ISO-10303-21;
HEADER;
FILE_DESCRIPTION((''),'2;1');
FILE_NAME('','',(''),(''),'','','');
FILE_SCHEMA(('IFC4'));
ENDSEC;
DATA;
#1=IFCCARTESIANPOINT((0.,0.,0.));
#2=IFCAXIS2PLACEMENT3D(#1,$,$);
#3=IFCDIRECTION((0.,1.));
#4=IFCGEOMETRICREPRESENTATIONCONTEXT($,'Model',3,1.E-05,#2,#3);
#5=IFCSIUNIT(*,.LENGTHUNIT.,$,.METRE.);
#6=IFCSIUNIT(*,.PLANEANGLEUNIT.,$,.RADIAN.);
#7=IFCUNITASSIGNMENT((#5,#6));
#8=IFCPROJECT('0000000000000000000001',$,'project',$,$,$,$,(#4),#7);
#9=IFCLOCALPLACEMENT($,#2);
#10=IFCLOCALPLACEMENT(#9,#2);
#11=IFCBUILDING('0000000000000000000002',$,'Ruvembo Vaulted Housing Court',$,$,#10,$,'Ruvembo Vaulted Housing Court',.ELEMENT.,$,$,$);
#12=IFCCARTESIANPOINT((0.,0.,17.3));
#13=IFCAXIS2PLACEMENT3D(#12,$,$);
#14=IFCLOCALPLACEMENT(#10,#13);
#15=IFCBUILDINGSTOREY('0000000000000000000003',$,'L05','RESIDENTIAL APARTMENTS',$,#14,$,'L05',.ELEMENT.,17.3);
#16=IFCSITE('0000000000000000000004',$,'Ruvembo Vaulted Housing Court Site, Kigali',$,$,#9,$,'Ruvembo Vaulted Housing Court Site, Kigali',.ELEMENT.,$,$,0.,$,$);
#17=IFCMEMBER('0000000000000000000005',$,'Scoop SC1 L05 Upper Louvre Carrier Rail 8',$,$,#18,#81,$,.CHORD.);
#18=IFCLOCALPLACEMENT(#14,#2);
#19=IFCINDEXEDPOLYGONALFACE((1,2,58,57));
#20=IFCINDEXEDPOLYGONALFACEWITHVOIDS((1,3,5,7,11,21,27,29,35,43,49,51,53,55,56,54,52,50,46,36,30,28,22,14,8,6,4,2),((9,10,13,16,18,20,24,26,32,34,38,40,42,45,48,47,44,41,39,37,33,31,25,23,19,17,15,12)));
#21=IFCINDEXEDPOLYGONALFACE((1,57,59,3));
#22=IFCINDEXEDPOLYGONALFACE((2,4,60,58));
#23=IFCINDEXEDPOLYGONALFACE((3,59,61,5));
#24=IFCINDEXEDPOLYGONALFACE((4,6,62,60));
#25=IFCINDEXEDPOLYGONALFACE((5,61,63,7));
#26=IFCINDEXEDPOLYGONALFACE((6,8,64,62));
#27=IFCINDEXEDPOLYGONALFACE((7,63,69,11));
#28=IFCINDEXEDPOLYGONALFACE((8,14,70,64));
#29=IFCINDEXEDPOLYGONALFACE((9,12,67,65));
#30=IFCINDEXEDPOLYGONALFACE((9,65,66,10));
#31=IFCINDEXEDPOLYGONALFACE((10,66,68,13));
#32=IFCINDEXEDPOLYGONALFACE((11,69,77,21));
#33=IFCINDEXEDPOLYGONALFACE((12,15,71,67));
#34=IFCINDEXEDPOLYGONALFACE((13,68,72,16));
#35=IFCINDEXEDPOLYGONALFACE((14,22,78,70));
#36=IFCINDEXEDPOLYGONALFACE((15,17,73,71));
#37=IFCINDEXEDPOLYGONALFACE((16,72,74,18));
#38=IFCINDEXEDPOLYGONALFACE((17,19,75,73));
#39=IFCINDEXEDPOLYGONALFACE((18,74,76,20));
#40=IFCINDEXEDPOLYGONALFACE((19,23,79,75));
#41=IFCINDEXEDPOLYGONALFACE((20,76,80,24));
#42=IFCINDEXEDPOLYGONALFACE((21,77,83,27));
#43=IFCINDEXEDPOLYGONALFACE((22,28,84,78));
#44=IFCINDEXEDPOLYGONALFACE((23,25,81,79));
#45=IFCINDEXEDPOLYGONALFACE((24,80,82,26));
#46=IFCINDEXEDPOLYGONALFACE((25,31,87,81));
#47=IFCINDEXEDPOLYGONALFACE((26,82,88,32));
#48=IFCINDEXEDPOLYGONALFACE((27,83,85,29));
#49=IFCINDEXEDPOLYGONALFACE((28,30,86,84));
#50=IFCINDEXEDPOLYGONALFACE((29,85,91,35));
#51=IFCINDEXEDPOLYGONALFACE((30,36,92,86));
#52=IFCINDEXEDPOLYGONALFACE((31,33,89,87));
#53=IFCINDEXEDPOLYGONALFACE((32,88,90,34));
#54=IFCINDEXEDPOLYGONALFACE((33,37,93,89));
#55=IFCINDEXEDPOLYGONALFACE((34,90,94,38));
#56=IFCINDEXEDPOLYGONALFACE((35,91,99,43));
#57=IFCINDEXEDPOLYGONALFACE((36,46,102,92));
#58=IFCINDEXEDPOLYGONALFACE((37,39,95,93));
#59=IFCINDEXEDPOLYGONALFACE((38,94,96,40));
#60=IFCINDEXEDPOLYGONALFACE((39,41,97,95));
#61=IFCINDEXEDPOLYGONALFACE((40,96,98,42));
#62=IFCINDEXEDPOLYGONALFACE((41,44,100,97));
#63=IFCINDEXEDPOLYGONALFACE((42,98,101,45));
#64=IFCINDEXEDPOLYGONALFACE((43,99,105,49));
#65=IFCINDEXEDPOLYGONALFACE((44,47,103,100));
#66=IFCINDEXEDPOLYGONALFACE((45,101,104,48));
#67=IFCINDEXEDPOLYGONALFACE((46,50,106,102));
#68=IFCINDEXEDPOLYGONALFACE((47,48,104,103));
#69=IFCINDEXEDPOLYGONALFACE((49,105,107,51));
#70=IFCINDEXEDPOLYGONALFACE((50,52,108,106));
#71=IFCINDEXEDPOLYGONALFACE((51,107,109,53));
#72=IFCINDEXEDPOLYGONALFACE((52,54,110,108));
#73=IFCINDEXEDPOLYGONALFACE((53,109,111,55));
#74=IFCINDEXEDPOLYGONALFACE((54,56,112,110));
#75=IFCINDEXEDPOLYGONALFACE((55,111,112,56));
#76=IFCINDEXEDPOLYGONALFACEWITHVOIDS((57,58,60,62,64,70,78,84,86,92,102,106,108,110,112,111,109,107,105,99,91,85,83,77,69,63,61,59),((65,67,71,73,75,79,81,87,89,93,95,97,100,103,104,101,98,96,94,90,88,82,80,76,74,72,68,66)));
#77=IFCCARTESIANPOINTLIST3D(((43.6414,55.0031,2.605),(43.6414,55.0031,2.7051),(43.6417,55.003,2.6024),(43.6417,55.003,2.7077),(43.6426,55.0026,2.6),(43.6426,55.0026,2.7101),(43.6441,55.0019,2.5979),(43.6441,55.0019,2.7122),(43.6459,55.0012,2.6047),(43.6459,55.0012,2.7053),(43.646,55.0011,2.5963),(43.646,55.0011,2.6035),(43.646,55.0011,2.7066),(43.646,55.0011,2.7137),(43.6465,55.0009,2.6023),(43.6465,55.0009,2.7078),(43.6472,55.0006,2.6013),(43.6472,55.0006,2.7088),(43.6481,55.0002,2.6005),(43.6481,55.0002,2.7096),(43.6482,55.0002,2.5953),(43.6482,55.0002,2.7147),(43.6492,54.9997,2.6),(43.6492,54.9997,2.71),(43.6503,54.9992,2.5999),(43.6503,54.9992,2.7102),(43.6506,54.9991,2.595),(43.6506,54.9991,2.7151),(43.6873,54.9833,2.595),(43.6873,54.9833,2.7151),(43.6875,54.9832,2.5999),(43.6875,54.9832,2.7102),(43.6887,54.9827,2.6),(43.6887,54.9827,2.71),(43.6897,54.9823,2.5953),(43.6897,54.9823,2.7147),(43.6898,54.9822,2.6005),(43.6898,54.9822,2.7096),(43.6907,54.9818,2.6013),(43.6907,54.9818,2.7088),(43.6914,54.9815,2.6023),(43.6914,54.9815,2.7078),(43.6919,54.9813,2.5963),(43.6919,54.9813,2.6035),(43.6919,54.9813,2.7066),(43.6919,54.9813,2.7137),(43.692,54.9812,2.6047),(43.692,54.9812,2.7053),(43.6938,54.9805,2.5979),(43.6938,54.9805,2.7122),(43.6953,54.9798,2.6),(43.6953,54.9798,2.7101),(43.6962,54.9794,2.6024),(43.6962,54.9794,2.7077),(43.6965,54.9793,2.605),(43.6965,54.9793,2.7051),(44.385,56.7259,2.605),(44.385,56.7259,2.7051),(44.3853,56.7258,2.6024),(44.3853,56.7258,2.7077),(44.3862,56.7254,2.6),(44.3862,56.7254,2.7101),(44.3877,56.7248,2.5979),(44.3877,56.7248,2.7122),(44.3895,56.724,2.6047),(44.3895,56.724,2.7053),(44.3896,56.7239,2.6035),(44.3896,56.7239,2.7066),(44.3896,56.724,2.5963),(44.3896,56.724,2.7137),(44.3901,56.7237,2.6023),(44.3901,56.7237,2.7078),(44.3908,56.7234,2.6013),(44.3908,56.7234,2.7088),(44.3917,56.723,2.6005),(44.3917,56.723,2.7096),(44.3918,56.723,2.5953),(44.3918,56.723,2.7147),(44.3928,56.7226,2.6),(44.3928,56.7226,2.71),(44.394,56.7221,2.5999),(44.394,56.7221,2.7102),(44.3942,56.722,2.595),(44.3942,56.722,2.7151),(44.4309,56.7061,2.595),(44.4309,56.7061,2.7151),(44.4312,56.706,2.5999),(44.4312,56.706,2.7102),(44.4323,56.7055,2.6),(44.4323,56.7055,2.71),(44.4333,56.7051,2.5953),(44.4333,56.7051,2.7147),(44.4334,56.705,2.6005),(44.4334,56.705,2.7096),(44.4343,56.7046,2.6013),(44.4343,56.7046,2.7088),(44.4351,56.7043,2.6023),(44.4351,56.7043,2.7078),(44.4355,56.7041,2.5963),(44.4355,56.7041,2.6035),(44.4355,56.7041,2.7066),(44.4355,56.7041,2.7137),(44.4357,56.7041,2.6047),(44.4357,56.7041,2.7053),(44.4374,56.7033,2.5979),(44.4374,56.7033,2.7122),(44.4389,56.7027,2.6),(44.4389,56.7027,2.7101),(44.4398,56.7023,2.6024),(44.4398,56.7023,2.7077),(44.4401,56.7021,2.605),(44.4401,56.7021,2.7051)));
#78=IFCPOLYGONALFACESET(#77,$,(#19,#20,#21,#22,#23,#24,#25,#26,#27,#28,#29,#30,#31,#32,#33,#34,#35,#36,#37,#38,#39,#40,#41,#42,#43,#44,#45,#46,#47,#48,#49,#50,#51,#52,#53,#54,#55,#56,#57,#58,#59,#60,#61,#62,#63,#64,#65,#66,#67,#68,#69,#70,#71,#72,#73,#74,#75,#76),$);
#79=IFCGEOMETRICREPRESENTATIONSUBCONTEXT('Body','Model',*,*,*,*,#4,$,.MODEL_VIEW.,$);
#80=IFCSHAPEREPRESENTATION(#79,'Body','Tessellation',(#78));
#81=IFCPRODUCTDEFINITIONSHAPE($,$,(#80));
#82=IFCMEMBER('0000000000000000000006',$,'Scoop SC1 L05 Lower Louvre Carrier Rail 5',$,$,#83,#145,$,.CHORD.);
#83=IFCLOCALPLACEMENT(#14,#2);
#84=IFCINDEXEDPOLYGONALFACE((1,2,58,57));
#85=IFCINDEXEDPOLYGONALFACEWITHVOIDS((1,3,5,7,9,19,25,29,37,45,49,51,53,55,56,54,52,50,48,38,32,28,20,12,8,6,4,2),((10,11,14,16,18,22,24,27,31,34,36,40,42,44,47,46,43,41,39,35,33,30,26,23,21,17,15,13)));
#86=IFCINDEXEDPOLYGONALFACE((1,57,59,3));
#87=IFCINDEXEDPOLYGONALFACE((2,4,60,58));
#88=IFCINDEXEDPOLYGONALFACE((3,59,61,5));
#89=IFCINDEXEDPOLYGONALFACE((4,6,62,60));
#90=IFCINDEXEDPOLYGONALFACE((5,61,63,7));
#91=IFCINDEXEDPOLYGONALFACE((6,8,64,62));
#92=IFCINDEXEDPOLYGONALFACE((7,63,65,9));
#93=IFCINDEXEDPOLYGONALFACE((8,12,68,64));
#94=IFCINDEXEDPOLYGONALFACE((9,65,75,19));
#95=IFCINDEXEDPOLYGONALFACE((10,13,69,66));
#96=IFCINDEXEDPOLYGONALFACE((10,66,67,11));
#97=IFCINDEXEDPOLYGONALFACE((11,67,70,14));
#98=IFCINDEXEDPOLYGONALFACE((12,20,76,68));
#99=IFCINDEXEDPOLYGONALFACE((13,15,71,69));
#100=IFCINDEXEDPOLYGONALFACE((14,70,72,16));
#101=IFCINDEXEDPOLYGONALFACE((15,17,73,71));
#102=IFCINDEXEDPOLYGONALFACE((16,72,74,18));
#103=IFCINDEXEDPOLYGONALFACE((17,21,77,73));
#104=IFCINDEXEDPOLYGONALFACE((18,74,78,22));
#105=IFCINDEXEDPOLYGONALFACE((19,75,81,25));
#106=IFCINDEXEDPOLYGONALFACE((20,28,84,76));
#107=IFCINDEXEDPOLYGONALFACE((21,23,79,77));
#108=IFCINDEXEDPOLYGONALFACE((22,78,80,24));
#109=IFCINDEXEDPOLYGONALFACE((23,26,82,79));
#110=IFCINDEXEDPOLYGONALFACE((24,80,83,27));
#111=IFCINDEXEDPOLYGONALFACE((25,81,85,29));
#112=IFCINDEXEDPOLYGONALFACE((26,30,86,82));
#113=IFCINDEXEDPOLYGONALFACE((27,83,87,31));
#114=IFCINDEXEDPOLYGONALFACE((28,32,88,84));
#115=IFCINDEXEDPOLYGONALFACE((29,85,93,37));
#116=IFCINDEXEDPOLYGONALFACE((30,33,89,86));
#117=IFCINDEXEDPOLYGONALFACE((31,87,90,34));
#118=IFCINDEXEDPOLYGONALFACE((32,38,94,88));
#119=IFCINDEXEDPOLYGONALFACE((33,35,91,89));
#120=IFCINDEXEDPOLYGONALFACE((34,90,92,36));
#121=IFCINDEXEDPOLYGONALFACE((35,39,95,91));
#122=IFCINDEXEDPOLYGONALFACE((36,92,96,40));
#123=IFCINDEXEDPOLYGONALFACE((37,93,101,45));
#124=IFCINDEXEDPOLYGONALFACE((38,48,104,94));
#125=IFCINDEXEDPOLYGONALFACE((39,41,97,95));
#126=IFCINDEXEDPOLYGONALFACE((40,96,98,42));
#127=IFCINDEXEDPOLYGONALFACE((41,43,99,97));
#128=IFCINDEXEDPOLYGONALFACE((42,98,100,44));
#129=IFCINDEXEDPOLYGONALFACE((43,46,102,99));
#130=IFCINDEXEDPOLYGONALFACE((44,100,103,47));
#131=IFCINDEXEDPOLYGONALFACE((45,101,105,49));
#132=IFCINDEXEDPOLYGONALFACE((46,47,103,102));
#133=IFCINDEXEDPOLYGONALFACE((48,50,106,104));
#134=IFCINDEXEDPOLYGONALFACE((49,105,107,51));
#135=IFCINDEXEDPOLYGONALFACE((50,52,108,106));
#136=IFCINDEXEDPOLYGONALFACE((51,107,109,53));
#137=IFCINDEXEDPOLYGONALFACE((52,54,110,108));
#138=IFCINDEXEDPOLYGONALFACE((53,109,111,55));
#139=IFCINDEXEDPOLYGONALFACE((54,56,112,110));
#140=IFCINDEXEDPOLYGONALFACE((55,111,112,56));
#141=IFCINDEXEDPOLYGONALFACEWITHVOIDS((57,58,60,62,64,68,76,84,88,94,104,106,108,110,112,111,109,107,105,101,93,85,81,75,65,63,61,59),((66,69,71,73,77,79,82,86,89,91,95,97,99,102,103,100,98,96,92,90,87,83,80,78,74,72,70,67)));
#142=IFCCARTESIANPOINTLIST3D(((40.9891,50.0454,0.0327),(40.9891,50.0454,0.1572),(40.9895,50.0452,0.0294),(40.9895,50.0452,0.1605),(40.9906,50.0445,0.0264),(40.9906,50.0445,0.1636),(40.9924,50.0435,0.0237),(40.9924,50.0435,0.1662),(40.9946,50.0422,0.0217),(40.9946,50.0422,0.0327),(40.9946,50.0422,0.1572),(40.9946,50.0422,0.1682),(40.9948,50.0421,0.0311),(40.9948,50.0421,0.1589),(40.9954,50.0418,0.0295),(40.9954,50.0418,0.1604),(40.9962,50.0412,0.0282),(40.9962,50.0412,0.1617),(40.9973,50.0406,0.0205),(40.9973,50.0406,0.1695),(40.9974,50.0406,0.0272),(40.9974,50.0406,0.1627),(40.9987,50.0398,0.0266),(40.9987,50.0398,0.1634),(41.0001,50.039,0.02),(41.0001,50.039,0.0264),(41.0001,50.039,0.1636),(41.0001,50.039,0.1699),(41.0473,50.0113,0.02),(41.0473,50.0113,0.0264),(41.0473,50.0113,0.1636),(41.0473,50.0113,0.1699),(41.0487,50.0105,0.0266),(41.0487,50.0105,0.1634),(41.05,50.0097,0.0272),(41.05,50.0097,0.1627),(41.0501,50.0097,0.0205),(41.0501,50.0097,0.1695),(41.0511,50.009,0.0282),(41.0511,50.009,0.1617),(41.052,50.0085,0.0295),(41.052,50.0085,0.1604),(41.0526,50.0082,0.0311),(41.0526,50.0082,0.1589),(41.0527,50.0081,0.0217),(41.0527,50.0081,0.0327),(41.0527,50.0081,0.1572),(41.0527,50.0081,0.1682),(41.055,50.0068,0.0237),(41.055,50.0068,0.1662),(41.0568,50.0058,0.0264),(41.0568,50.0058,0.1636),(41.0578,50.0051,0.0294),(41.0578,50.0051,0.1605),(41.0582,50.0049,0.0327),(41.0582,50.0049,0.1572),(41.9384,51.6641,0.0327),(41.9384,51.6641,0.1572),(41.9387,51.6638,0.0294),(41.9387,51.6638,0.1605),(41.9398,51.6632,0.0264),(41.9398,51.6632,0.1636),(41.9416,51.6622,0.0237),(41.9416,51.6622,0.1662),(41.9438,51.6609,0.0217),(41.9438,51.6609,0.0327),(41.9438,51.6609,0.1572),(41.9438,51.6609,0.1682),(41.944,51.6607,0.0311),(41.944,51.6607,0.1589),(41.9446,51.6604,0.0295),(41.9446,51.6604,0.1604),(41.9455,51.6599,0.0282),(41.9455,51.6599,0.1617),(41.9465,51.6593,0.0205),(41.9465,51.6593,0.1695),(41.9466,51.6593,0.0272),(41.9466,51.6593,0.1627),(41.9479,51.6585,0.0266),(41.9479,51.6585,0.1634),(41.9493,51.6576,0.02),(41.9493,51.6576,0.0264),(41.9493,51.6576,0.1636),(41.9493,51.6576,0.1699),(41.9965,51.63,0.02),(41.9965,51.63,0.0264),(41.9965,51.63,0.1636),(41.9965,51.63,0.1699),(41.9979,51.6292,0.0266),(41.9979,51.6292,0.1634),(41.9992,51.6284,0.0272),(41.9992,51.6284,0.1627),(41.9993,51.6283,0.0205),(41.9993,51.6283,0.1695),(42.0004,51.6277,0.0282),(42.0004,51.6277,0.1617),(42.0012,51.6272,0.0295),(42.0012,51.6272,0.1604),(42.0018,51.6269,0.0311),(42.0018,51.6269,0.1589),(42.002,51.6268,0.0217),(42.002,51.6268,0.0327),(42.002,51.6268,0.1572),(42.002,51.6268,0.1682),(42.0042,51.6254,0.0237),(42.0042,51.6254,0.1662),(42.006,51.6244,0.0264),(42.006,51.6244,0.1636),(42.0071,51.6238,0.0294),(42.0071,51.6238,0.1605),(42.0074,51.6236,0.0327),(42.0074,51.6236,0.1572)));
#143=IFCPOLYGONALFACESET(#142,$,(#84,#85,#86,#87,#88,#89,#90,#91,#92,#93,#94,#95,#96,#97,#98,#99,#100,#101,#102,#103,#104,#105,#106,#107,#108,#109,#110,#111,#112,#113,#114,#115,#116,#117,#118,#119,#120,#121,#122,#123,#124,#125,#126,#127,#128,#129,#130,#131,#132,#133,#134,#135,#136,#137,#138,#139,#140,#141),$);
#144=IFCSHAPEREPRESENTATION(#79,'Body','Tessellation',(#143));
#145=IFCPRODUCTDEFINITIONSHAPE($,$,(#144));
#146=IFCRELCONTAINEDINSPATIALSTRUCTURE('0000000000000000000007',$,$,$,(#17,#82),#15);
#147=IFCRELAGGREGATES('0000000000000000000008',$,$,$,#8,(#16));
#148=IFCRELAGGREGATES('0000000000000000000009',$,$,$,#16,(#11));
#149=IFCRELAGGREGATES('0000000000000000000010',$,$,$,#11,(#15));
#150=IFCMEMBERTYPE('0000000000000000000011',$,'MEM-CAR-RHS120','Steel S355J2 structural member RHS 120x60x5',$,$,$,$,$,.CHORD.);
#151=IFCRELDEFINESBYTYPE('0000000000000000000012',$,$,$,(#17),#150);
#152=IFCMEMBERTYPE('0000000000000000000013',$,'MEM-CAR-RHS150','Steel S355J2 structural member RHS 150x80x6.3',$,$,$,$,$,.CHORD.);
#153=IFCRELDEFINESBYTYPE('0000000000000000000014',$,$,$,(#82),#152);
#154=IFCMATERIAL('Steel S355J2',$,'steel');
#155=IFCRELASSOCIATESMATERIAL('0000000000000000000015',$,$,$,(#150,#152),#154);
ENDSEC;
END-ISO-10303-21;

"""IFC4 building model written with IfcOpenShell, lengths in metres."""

from ifc_helpers import new_model, si_unit, direction, frame, origin, origin_2d, place, context, subcontext, project, spatial, hollow_rectangle, extrude, material, material_profile, profile_set, type_object, element, save


model = new_model("IFC4")

# Units and contexts
model_context = context("Model", 3, precision=1e-05, world=origin(), true_north=direction((0.0, 1.0)))
body_context = subcontext(model_context, "Body", "Model", "MODEL_VIEW")
ifc_project = project(units=[si_unit("LENGTHUNIT", "METRE"), si_unit("PLANEANGLEUNIT", "RADIAN")], contexts=[model_context])

# Site, building, storey
site_placement = place(None, origin())
site = spatial("IfcSite", under=ifc_project, at=site_placement, Name="Ruvembo Vaulted Housing Court Site, Kigali", LongName="Ruvembo Vaulted Housing Court Site, Kigali", CompositionType="ELEMENT", RefElevation=0.0)
building_placement = place(site_placement, origin())
building = spatial("IfcBuilding", under=site, at=building_placement, Name="Ruvembo Vaulted Housing Court", LongName="Ruvembo Vaulted Housing Court", CompositionType="ELEMENT")
storey_placement = place(building_placement, frame((0.0, 0.0, 17.3)))
storey = spatial("IfcBuildingStorey", under=building, at=storey_placement, Name="L05", Description="RESIDENTIAL APARTMENTS", LongName="L05", CompositionType="ELEMENT", Elevation=17.3)

# Shared definitions
ifc_material_1 = material(Name="Steel S355J2", Category="steel")

# Members
ifc_material_profile_1 = material_profile(ifc_material_1, hollow_rectangle(XDim=0.0601, YDim=0.1201, WallThickness=0.0049, InnerFilletRadius=0.0049, OuterFilletRadius=0.01, at=origin_2d()), Name="RHS 120x60x5")
ifc_profile_set_1 = profile_set([ifc_material_profile_1], Name="Steel S355J2")
member_type_1 = type_object("IfcMemberType", Name="MEM-CAR-RHS120", Description="Steel S355J2 structural member RHS 120x60x5", PredefinedType="CHORD", material=ifc_profile_set_1)
for number, where, z_axis, x_axis, name in (
    (1, (43.6689, 54.9912, 2.655), (0.396289, 0.918126, 0.0), (-0.918126, 0.396289, 0.0), "Scoop SC1 L05 Upper Louvre Carrier Rail 8"),
):
    element("IfcMember", number, at=place(storey_placement, frame(where, z_axis=z_axis, x_axis=x_axis)), inside=storey, type_object=member_type_1, Name=name, PredefinedType="CHORD", context=body_context, shape_type="SweptSolid", body=[
        extrude(hollow_rectangle(XDim=0.0601, YDim=0.1201, WallThickness=0.0049, InnerFilletRadius=0.0049, OuterFilletRadius=0.01, at=origin_2d()), origin(), (0.0, 0.0, 1.0), 1.8765),
    ])
ifc_material_profile_2 = material_profile(ifc_material_1, hollow_rectangle(XDim=0.0801, YDim=0.1499, WallThickness=0.0063, InnerFilletRadius=0.0063, OuterFilletRadius=0.0127, at=origin_2d()), Name="RHS 150x80x6.3")
ifc_profile_set_2 = profile_set([ifc_material_profile_2], Name="Steel S355J2")
member_type_2 = type_object("IfcMemberType", Name="MEM-CAR-RHS150", Description="Steel S355J2 structural member RHS 150x80x6.3", PredefinedType="CHORD", material=ifc_profile_set_2)
member_1_placement = place(storey_placement, frame((41.0237, 50.0251, 0.095), z_axis=(0.50586, 0.862616, 0.0), x_axis=(-0.862616, 0.50586, 0.0)))
element("IfcMember", 2, at=member_1_placement, inside=storey, type_object=member_type_2, Name="Scoop SC1 L05 Lower Louvre Carrier Rail 5", PredefinedType="CHORD", context=body_context, shape_type="SweptSolid", body=[
    extrude(hollow_rectangle(XDim=0.0801, YDim=0.1499, WallThickness=0.0063, InnerFilletRadius=0.0063, OuterFilletRadius=0.0127, at=origin_2d()), origin(), (0.0, 0.0, 1.0), 1.8765),
])

save(model, "model.ifc")
